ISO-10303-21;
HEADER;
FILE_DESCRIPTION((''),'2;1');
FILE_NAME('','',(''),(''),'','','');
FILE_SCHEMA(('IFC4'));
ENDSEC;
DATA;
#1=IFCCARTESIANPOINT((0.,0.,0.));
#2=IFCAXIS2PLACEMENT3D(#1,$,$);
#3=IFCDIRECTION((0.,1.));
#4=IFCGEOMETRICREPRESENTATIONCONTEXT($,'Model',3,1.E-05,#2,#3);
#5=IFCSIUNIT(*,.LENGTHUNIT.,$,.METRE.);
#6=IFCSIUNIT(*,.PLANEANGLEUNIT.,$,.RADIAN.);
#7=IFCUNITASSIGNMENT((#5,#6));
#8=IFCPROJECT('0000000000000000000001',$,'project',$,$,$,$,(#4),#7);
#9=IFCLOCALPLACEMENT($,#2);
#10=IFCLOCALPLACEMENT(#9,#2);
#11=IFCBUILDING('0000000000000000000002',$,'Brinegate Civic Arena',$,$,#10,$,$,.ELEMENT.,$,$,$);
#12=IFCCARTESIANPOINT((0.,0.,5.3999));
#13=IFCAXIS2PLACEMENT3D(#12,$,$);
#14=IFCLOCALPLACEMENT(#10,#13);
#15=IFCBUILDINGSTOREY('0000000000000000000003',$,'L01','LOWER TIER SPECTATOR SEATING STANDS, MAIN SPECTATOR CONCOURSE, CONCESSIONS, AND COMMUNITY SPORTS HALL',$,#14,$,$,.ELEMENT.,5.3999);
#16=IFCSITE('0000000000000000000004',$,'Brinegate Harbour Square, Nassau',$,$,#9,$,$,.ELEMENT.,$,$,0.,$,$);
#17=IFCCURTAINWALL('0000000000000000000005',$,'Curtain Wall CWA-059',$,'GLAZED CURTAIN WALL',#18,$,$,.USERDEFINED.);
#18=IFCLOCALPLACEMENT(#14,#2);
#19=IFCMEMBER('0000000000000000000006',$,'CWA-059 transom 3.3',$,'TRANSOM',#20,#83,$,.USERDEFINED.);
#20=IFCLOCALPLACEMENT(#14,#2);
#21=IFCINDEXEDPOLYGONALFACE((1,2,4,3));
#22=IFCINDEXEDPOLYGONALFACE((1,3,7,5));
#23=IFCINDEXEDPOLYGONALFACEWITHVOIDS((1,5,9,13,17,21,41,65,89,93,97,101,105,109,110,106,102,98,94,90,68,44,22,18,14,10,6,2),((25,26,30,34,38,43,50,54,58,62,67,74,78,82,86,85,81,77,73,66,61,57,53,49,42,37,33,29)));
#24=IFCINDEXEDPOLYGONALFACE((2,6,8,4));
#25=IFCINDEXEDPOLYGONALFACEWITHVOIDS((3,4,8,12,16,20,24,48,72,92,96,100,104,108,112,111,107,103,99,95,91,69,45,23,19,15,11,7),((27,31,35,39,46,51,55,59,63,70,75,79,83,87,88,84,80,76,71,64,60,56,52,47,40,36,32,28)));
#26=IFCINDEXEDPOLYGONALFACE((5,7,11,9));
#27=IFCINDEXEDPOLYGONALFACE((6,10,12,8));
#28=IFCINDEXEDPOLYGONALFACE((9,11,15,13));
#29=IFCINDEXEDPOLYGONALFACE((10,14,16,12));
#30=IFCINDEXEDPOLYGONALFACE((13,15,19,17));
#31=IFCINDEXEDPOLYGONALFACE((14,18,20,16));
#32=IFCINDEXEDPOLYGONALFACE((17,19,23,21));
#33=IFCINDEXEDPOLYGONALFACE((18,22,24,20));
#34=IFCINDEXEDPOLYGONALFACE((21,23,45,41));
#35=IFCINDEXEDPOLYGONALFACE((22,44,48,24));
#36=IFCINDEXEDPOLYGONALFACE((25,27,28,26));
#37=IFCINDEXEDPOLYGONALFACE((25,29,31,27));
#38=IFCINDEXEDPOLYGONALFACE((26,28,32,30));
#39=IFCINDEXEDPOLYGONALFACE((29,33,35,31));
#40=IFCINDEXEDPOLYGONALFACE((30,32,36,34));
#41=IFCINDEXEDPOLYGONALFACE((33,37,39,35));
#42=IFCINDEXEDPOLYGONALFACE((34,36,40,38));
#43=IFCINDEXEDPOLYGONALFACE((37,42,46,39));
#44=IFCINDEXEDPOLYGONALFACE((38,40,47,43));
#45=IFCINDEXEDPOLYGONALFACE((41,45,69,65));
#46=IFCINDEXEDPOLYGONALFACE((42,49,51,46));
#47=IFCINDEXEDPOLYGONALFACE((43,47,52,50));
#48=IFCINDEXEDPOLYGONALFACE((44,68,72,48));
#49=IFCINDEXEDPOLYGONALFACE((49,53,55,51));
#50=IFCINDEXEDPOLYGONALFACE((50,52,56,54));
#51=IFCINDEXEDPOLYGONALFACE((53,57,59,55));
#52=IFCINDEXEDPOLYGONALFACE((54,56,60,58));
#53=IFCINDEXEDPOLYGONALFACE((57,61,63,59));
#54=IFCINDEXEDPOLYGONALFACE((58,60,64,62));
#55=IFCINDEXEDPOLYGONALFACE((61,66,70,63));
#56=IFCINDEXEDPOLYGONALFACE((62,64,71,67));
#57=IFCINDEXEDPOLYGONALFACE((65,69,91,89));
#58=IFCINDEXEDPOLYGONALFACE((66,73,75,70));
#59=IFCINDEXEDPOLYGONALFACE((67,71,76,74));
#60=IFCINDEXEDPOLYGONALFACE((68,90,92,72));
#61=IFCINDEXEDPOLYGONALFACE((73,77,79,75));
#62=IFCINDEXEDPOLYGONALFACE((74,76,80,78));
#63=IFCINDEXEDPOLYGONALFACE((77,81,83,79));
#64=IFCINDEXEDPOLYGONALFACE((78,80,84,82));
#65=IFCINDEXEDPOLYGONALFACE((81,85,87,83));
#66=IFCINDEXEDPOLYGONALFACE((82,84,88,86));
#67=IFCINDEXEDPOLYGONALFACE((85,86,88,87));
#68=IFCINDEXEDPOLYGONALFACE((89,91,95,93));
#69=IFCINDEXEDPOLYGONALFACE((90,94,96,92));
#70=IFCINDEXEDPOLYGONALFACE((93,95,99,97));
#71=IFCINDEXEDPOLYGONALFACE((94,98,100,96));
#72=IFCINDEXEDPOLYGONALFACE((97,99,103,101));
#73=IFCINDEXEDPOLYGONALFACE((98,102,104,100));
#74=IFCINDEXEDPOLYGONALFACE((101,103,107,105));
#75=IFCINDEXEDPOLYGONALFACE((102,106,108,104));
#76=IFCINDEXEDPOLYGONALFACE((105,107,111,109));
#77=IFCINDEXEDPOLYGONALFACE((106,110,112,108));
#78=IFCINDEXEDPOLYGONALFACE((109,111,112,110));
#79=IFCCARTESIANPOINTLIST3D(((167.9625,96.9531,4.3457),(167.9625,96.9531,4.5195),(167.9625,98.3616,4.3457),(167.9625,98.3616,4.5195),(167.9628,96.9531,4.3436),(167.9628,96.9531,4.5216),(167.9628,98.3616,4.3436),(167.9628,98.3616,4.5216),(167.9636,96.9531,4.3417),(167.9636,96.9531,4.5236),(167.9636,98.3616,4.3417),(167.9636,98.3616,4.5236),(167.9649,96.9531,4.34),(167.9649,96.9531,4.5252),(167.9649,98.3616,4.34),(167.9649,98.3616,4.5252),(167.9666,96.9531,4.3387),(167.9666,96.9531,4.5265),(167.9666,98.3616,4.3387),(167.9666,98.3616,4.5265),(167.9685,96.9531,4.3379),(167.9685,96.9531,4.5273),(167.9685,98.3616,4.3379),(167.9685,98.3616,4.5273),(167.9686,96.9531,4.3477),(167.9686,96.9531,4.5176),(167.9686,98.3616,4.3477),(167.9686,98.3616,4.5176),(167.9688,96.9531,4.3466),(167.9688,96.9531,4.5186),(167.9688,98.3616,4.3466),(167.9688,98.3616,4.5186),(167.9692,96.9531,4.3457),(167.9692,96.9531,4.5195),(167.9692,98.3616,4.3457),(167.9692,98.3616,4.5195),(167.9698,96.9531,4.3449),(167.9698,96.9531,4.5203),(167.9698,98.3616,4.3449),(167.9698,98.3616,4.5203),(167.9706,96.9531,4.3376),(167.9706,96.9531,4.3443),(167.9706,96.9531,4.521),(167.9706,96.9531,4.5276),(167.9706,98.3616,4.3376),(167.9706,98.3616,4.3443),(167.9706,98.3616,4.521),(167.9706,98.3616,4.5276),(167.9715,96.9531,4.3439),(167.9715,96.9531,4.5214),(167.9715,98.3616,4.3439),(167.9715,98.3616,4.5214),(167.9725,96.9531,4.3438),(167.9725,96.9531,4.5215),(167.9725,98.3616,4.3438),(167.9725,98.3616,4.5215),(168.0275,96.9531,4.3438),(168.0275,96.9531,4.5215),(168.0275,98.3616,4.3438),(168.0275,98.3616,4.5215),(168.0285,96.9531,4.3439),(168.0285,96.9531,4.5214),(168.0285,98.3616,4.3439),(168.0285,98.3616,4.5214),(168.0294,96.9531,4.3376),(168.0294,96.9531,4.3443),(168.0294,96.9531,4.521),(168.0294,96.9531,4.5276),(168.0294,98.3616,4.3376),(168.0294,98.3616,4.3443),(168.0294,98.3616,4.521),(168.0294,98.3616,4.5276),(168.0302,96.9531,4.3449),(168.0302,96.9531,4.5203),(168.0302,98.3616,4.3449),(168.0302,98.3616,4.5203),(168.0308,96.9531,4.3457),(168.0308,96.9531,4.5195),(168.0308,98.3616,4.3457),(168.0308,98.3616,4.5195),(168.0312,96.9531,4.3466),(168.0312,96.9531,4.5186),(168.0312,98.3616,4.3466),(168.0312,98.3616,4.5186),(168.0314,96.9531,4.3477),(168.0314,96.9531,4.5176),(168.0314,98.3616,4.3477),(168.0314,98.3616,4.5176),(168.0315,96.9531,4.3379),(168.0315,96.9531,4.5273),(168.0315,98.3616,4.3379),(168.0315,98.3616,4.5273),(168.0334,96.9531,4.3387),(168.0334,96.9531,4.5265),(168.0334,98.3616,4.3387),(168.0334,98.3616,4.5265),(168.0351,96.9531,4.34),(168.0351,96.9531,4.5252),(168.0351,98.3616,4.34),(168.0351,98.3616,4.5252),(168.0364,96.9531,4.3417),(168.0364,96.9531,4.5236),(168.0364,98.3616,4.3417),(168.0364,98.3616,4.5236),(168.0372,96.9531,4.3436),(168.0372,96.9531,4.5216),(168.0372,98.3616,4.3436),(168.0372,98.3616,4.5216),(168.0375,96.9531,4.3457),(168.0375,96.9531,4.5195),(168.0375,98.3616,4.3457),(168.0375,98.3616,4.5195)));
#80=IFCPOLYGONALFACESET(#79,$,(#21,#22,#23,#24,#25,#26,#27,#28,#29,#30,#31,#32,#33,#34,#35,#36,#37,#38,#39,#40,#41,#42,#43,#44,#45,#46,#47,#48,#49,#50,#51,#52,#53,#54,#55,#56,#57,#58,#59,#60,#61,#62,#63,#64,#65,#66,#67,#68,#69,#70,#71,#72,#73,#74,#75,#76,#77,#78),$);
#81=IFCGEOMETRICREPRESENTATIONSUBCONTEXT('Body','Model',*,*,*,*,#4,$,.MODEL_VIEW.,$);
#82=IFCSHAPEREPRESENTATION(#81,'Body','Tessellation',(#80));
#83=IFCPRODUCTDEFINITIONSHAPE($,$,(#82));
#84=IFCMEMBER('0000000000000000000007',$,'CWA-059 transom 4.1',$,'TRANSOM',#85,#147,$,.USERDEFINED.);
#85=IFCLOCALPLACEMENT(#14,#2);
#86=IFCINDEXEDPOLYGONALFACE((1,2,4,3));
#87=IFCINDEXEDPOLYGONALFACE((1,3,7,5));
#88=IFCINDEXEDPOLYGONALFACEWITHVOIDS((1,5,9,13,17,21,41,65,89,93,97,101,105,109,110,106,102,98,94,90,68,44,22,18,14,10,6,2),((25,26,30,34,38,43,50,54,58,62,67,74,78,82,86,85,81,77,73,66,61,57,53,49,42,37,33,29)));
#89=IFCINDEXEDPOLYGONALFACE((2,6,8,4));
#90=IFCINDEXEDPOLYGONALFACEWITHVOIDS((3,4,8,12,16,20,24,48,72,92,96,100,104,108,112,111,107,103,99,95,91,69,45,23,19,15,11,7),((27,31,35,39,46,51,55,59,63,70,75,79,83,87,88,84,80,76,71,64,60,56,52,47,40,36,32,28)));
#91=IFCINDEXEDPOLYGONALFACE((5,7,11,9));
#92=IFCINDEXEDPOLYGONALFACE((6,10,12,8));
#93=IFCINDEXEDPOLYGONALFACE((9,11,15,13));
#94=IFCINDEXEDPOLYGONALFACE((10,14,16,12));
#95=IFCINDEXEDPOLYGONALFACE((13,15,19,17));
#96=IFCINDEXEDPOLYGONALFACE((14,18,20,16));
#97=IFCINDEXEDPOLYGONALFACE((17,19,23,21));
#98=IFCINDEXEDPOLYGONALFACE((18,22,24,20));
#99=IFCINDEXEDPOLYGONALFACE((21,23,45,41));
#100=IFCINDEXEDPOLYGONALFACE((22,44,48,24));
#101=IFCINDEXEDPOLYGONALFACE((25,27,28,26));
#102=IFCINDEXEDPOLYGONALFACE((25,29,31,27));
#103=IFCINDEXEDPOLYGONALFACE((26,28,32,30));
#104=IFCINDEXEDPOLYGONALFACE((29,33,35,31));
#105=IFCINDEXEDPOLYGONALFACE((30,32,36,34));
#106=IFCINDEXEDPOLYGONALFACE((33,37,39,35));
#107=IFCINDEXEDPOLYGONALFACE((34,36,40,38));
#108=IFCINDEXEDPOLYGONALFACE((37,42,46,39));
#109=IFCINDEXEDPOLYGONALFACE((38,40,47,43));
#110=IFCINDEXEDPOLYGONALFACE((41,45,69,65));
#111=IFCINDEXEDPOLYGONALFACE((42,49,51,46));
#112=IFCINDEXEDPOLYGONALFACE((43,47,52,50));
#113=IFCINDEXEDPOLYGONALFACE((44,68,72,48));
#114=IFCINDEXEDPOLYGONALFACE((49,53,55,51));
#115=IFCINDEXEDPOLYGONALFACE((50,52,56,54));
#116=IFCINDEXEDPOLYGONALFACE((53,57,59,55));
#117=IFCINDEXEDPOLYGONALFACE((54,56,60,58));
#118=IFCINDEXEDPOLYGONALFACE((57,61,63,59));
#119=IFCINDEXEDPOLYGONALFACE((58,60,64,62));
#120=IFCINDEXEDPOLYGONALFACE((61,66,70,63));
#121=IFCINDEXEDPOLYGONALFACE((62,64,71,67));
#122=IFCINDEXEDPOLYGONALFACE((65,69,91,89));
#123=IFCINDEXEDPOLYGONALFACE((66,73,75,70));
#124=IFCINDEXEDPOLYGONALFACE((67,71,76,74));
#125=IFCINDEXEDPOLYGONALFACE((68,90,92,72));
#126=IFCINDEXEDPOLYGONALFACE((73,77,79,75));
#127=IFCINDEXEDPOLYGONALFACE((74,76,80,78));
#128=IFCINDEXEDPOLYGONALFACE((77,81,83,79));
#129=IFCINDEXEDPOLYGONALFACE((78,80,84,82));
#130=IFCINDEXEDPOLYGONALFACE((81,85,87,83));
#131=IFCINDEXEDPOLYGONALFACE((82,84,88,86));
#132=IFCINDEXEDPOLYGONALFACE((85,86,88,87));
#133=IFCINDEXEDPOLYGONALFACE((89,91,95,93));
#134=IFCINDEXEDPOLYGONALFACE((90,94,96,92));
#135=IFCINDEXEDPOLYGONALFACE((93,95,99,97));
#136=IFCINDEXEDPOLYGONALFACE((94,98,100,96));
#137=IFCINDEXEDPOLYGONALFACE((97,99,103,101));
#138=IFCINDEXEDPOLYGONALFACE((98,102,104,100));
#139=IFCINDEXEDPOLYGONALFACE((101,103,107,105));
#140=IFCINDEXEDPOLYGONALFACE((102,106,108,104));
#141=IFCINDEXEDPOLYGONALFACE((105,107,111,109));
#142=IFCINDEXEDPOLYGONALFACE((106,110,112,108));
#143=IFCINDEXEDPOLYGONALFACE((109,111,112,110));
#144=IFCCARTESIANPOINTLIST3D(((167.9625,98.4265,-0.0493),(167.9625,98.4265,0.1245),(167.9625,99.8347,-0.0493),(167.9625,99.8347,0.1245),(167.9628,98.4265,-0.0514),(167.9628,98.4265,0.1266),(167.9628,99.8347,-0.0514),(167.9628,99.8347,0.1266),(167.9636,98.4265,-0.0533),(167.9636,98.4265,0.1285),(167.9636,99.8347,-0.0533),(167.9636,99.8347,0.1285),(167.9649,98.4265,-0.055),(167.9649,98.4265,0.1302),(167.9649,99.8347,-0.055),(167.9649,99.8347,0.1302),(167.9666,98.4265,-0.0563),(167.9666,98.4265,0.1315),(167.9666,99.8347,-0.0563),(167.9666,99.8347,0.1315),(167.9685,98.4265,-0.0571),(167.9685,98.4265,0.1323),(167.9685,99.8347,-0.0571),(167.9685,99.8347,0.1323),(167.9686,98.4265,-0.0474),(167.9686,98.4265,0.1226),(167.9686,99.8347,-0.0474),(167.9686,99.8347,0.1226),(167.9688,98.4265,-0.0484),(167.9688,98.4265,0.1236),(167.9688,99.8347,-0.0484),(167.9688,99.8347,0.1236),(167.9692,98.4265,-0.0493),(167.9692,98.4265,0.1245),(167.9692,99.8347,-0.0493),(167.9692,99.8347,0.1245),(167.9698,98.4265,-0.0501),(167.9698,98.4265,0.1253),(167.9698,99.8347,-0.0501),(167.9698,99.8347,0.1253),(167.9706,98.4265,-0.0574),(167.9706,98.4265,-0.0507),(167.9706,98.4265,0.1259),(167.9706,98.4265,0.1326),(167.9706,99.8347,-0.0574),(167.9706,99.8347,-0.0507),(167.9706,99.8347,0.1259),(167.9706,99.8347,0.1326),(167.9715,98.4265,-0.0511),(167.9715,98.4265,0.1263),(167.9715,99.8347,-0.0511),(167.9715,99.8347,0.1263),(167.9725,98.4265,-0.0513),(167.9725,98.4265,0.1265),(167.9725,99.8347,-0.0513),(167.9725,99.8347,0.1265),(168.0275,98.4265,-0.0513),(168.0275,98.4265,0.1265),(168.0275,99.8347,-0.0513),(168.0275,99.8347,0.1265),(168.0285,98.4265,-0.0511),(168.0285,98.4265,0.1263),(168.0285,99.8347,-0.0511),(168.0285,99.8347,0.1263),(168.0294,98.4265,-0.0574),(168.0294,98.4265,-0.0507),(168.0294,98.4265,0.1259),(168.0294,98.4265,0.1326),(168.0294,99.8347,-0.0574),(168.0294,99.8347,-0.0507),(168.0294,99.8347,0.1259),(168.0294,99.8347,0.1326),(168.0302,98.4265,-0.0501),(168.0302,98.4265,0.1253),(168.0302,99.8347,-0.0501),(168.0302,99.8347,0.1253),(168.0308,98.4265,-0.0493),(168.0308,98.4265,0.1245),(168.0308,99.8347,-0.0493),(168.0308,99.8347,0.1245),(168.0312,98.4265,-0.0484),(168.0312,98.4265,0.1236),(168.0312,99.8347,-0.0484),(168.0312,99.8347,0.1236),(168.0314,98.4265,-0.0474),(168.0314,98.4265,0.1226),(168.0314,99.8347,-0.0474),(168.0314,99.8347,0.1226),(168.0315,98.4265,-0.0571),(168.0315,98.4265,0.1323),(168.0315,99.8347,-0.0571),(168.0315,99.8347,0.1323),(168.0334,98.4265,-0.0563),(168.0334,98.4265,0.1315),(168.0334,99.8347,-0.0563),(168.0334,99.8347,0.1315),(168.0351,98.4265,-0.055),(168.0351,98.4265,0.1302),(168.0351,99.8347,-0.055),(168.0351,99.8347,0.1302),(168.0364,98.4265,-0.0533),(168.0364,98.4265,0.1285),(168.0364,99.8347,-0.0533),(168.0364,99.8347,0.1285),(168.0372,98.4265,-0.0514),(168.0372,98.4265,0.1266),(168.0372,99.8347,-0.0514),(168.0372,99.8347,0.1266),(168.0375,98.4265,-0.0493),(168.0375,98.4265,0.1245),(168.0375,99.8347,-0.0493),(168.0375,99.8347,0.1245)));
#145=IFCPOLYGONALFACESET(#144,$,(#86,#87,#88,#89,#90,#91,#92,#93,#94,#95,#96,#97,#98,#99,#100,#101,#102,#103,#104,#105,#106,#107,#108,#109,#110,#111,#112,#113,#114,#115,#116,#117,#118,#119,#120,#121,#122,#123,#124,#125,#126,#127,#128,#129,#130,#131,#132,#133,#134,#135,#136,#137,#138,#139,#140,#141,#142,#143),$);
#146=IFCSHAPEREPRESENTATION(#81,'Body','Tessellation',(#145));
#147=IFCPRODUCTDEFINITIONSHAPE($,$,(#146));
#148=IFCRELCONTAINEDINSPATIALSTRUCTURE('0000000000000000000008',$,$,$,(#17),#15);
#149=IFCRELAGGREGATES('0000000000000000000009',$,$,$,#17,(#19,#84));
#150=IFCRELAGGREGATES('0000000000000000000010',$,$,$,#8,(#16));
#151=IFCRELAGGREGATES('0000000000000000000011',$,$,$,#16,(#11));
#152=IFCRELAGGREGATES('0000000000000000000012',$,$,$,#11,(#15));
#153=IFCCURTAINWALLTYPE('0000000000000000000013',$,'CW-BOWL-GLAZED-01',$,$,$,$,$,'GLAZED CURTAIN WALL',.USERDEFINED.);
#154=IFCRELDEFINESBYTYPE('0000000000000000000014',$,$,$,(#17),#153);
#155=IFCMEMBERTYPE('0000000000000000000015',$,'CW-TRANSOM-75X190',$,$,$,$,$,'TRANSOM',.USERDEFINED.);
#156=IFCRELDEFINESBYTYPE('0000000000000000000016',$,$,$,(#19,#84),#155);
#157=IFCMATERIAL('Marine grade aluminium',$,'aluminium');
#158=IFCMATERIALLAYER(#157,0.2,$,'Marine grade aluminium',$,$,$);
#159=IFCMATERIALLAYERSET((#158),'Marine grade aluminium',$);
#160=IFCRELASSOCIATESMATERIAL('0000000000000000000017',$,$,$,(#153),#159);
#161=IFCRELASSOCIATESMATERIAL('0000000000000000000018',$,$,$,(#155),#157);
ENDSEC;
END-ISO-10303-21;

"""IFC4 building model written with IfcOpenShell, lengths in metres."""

from ifc_helpers import new_model, si_unit, direction, frame, origin, origin_2d, place, context, subcontext, project, spatial, hollow_rectangle, extrude, material, layer, layer_set, material_profile, profile_set, type_object, element, aggregate, save


model = new_model("IFC4")

# Units and contexts
model_context = context("Model", 3, precision=1e-05, world=origin(), true_north=direction((0.0, 1.0)))
body_context = subcontext(model_context, "Body", "Model", "MODEL_VIEW")
ifc_project = project(units=[si_unit("LENGTHUNIT", "METRE"), si_unit("PLANEANGLEUNIT", "RADIAN")], contexts=[model_context])

# Site, building, storey
site_placement = place(None, origin())
site = spatial("IfcSite", under=ifc_project, at=site_placement, Name="Brinegate Harbour Square, Nassau", CompositionType="ELEMENT", RefElevation=0.0)
building_placement = place(site_placement, origin())
building = spatial("IfcBuilding", under=site, at=building_placement, Name="Brinegate Civic Arena", CompositionType="ELEMENT")
storey_placement = place(building_placement, frame((0.0, 0.0, 5.3999)))
storey = spatial("IfcBuildingStorey", under=building, at=storey_placement, Name="L01", Description="LOWER TIER SPECTATOR SEATING STANDS, MAIN SPECTATOR CONCOURSE, CONCESSIONS, AND COMMUNITY SPORTS HALL", CompositionType="ELEMENT", Elevation=5.3999)

# Curtain wall, members
ifc_material_1 = material(Name="Marine grade aluminium", Category="aluminium")
ifc_layer_1 = layer(ifc_material_1, 0.2, Name="Marine grade aluminium")
ifc_layer_set_1 = layer_set([ifc_layer_1], Name="Marine grade aluminium")
curtain_wall_type = type_object("IfcCurtainWallType", Name="CW-BOWL-GLAZED-01", ElementType="GLAZED CURTAIN WALL", PredefinedType="USERDEFINED", material=ifc_layer_set_1)
curtain_wall_placement = place(storey_placement, origin())
curtain_wall = element("IfcCurtainWall", 1, at=curtain_wall_placement, inside=storey, type_object=curtain_wall_type, Name="Curtain Wall CWA-059", ObjectType="GLAZED CURTAIN WALL", PredefinedType="USERDEFINED")
ifc_material_profile_1 = material_profile(ifc_material_1, hollow_rectangle(XDim=0.075, YDim=0.1899, WallThickness=0.0061, InnerFilletRadius=0.0039, OuterFilletRadius=0.0081, at=origin_2d()), Name="TRN75X190")
ifc_profile_set_1 = profile_set([ifc_material_profile_1], Name="Marine grade aluminium")
member_type_1 = type_object("IfcMemberType", Name="CW-TRANSOM-75X190", ElementType="TRANSOM", PredefinedType="USERDEFINED", material=ifc_profile_set_1)
member_1_placement = place(storey_placement, frame((168.0, 96.9531, 4.4326), z_axis=(0.0, 1.0, 0.0), x_axis=(-1.0, 0.0, 0.0)))
member_1 = element("IfcMember", 2, at=member_1_placement, type_object=member_type_1, Name="CWA-059 transom 3.3", ObjectType="TRANSOM", PredefinedType="USERDEFINED", context=body_context, shape_type="SweptSolid", body=[
    extrude(hollow_rectangle(XDim=0.075, YDim=0.1899, WallThickness=0.0061, InnerFilletRadius=0.0039, OuterFilletRadius=0.0081, at=origin_2d()), origin(), (0.0, 0.0, 1.0), 1.4084),
])
member_2_placement = place(storey_placement, frame((168.0, 98.4265, 0.0376), z_axis=(0.0, 1.0, 0.0), x_axis=(-1.0, 0.0, 0.0)))
member_2 = element("IfcMember", 3, at=member_2_placement, type_object=member_type_1, Name="CWA-059 transom 4.1", ObjectType="TRANSOM", PredefinedType="USERDEFINED", context=body_context, shape_type="SweptSolid", body=[
    extrude(hollow_rectangle(XDim=0.075, YDim=0.1899, WallThickness=0.0061, InnerFilletRadius=0.0039, OuterFilletRadius=0.0081, at=origin_2d()), origin(), (0.0, 0.0, 1.0), 1.4082),
])
aggregate(curtain_wall, [member_1, member_2])

save(model, "model.ifc")
